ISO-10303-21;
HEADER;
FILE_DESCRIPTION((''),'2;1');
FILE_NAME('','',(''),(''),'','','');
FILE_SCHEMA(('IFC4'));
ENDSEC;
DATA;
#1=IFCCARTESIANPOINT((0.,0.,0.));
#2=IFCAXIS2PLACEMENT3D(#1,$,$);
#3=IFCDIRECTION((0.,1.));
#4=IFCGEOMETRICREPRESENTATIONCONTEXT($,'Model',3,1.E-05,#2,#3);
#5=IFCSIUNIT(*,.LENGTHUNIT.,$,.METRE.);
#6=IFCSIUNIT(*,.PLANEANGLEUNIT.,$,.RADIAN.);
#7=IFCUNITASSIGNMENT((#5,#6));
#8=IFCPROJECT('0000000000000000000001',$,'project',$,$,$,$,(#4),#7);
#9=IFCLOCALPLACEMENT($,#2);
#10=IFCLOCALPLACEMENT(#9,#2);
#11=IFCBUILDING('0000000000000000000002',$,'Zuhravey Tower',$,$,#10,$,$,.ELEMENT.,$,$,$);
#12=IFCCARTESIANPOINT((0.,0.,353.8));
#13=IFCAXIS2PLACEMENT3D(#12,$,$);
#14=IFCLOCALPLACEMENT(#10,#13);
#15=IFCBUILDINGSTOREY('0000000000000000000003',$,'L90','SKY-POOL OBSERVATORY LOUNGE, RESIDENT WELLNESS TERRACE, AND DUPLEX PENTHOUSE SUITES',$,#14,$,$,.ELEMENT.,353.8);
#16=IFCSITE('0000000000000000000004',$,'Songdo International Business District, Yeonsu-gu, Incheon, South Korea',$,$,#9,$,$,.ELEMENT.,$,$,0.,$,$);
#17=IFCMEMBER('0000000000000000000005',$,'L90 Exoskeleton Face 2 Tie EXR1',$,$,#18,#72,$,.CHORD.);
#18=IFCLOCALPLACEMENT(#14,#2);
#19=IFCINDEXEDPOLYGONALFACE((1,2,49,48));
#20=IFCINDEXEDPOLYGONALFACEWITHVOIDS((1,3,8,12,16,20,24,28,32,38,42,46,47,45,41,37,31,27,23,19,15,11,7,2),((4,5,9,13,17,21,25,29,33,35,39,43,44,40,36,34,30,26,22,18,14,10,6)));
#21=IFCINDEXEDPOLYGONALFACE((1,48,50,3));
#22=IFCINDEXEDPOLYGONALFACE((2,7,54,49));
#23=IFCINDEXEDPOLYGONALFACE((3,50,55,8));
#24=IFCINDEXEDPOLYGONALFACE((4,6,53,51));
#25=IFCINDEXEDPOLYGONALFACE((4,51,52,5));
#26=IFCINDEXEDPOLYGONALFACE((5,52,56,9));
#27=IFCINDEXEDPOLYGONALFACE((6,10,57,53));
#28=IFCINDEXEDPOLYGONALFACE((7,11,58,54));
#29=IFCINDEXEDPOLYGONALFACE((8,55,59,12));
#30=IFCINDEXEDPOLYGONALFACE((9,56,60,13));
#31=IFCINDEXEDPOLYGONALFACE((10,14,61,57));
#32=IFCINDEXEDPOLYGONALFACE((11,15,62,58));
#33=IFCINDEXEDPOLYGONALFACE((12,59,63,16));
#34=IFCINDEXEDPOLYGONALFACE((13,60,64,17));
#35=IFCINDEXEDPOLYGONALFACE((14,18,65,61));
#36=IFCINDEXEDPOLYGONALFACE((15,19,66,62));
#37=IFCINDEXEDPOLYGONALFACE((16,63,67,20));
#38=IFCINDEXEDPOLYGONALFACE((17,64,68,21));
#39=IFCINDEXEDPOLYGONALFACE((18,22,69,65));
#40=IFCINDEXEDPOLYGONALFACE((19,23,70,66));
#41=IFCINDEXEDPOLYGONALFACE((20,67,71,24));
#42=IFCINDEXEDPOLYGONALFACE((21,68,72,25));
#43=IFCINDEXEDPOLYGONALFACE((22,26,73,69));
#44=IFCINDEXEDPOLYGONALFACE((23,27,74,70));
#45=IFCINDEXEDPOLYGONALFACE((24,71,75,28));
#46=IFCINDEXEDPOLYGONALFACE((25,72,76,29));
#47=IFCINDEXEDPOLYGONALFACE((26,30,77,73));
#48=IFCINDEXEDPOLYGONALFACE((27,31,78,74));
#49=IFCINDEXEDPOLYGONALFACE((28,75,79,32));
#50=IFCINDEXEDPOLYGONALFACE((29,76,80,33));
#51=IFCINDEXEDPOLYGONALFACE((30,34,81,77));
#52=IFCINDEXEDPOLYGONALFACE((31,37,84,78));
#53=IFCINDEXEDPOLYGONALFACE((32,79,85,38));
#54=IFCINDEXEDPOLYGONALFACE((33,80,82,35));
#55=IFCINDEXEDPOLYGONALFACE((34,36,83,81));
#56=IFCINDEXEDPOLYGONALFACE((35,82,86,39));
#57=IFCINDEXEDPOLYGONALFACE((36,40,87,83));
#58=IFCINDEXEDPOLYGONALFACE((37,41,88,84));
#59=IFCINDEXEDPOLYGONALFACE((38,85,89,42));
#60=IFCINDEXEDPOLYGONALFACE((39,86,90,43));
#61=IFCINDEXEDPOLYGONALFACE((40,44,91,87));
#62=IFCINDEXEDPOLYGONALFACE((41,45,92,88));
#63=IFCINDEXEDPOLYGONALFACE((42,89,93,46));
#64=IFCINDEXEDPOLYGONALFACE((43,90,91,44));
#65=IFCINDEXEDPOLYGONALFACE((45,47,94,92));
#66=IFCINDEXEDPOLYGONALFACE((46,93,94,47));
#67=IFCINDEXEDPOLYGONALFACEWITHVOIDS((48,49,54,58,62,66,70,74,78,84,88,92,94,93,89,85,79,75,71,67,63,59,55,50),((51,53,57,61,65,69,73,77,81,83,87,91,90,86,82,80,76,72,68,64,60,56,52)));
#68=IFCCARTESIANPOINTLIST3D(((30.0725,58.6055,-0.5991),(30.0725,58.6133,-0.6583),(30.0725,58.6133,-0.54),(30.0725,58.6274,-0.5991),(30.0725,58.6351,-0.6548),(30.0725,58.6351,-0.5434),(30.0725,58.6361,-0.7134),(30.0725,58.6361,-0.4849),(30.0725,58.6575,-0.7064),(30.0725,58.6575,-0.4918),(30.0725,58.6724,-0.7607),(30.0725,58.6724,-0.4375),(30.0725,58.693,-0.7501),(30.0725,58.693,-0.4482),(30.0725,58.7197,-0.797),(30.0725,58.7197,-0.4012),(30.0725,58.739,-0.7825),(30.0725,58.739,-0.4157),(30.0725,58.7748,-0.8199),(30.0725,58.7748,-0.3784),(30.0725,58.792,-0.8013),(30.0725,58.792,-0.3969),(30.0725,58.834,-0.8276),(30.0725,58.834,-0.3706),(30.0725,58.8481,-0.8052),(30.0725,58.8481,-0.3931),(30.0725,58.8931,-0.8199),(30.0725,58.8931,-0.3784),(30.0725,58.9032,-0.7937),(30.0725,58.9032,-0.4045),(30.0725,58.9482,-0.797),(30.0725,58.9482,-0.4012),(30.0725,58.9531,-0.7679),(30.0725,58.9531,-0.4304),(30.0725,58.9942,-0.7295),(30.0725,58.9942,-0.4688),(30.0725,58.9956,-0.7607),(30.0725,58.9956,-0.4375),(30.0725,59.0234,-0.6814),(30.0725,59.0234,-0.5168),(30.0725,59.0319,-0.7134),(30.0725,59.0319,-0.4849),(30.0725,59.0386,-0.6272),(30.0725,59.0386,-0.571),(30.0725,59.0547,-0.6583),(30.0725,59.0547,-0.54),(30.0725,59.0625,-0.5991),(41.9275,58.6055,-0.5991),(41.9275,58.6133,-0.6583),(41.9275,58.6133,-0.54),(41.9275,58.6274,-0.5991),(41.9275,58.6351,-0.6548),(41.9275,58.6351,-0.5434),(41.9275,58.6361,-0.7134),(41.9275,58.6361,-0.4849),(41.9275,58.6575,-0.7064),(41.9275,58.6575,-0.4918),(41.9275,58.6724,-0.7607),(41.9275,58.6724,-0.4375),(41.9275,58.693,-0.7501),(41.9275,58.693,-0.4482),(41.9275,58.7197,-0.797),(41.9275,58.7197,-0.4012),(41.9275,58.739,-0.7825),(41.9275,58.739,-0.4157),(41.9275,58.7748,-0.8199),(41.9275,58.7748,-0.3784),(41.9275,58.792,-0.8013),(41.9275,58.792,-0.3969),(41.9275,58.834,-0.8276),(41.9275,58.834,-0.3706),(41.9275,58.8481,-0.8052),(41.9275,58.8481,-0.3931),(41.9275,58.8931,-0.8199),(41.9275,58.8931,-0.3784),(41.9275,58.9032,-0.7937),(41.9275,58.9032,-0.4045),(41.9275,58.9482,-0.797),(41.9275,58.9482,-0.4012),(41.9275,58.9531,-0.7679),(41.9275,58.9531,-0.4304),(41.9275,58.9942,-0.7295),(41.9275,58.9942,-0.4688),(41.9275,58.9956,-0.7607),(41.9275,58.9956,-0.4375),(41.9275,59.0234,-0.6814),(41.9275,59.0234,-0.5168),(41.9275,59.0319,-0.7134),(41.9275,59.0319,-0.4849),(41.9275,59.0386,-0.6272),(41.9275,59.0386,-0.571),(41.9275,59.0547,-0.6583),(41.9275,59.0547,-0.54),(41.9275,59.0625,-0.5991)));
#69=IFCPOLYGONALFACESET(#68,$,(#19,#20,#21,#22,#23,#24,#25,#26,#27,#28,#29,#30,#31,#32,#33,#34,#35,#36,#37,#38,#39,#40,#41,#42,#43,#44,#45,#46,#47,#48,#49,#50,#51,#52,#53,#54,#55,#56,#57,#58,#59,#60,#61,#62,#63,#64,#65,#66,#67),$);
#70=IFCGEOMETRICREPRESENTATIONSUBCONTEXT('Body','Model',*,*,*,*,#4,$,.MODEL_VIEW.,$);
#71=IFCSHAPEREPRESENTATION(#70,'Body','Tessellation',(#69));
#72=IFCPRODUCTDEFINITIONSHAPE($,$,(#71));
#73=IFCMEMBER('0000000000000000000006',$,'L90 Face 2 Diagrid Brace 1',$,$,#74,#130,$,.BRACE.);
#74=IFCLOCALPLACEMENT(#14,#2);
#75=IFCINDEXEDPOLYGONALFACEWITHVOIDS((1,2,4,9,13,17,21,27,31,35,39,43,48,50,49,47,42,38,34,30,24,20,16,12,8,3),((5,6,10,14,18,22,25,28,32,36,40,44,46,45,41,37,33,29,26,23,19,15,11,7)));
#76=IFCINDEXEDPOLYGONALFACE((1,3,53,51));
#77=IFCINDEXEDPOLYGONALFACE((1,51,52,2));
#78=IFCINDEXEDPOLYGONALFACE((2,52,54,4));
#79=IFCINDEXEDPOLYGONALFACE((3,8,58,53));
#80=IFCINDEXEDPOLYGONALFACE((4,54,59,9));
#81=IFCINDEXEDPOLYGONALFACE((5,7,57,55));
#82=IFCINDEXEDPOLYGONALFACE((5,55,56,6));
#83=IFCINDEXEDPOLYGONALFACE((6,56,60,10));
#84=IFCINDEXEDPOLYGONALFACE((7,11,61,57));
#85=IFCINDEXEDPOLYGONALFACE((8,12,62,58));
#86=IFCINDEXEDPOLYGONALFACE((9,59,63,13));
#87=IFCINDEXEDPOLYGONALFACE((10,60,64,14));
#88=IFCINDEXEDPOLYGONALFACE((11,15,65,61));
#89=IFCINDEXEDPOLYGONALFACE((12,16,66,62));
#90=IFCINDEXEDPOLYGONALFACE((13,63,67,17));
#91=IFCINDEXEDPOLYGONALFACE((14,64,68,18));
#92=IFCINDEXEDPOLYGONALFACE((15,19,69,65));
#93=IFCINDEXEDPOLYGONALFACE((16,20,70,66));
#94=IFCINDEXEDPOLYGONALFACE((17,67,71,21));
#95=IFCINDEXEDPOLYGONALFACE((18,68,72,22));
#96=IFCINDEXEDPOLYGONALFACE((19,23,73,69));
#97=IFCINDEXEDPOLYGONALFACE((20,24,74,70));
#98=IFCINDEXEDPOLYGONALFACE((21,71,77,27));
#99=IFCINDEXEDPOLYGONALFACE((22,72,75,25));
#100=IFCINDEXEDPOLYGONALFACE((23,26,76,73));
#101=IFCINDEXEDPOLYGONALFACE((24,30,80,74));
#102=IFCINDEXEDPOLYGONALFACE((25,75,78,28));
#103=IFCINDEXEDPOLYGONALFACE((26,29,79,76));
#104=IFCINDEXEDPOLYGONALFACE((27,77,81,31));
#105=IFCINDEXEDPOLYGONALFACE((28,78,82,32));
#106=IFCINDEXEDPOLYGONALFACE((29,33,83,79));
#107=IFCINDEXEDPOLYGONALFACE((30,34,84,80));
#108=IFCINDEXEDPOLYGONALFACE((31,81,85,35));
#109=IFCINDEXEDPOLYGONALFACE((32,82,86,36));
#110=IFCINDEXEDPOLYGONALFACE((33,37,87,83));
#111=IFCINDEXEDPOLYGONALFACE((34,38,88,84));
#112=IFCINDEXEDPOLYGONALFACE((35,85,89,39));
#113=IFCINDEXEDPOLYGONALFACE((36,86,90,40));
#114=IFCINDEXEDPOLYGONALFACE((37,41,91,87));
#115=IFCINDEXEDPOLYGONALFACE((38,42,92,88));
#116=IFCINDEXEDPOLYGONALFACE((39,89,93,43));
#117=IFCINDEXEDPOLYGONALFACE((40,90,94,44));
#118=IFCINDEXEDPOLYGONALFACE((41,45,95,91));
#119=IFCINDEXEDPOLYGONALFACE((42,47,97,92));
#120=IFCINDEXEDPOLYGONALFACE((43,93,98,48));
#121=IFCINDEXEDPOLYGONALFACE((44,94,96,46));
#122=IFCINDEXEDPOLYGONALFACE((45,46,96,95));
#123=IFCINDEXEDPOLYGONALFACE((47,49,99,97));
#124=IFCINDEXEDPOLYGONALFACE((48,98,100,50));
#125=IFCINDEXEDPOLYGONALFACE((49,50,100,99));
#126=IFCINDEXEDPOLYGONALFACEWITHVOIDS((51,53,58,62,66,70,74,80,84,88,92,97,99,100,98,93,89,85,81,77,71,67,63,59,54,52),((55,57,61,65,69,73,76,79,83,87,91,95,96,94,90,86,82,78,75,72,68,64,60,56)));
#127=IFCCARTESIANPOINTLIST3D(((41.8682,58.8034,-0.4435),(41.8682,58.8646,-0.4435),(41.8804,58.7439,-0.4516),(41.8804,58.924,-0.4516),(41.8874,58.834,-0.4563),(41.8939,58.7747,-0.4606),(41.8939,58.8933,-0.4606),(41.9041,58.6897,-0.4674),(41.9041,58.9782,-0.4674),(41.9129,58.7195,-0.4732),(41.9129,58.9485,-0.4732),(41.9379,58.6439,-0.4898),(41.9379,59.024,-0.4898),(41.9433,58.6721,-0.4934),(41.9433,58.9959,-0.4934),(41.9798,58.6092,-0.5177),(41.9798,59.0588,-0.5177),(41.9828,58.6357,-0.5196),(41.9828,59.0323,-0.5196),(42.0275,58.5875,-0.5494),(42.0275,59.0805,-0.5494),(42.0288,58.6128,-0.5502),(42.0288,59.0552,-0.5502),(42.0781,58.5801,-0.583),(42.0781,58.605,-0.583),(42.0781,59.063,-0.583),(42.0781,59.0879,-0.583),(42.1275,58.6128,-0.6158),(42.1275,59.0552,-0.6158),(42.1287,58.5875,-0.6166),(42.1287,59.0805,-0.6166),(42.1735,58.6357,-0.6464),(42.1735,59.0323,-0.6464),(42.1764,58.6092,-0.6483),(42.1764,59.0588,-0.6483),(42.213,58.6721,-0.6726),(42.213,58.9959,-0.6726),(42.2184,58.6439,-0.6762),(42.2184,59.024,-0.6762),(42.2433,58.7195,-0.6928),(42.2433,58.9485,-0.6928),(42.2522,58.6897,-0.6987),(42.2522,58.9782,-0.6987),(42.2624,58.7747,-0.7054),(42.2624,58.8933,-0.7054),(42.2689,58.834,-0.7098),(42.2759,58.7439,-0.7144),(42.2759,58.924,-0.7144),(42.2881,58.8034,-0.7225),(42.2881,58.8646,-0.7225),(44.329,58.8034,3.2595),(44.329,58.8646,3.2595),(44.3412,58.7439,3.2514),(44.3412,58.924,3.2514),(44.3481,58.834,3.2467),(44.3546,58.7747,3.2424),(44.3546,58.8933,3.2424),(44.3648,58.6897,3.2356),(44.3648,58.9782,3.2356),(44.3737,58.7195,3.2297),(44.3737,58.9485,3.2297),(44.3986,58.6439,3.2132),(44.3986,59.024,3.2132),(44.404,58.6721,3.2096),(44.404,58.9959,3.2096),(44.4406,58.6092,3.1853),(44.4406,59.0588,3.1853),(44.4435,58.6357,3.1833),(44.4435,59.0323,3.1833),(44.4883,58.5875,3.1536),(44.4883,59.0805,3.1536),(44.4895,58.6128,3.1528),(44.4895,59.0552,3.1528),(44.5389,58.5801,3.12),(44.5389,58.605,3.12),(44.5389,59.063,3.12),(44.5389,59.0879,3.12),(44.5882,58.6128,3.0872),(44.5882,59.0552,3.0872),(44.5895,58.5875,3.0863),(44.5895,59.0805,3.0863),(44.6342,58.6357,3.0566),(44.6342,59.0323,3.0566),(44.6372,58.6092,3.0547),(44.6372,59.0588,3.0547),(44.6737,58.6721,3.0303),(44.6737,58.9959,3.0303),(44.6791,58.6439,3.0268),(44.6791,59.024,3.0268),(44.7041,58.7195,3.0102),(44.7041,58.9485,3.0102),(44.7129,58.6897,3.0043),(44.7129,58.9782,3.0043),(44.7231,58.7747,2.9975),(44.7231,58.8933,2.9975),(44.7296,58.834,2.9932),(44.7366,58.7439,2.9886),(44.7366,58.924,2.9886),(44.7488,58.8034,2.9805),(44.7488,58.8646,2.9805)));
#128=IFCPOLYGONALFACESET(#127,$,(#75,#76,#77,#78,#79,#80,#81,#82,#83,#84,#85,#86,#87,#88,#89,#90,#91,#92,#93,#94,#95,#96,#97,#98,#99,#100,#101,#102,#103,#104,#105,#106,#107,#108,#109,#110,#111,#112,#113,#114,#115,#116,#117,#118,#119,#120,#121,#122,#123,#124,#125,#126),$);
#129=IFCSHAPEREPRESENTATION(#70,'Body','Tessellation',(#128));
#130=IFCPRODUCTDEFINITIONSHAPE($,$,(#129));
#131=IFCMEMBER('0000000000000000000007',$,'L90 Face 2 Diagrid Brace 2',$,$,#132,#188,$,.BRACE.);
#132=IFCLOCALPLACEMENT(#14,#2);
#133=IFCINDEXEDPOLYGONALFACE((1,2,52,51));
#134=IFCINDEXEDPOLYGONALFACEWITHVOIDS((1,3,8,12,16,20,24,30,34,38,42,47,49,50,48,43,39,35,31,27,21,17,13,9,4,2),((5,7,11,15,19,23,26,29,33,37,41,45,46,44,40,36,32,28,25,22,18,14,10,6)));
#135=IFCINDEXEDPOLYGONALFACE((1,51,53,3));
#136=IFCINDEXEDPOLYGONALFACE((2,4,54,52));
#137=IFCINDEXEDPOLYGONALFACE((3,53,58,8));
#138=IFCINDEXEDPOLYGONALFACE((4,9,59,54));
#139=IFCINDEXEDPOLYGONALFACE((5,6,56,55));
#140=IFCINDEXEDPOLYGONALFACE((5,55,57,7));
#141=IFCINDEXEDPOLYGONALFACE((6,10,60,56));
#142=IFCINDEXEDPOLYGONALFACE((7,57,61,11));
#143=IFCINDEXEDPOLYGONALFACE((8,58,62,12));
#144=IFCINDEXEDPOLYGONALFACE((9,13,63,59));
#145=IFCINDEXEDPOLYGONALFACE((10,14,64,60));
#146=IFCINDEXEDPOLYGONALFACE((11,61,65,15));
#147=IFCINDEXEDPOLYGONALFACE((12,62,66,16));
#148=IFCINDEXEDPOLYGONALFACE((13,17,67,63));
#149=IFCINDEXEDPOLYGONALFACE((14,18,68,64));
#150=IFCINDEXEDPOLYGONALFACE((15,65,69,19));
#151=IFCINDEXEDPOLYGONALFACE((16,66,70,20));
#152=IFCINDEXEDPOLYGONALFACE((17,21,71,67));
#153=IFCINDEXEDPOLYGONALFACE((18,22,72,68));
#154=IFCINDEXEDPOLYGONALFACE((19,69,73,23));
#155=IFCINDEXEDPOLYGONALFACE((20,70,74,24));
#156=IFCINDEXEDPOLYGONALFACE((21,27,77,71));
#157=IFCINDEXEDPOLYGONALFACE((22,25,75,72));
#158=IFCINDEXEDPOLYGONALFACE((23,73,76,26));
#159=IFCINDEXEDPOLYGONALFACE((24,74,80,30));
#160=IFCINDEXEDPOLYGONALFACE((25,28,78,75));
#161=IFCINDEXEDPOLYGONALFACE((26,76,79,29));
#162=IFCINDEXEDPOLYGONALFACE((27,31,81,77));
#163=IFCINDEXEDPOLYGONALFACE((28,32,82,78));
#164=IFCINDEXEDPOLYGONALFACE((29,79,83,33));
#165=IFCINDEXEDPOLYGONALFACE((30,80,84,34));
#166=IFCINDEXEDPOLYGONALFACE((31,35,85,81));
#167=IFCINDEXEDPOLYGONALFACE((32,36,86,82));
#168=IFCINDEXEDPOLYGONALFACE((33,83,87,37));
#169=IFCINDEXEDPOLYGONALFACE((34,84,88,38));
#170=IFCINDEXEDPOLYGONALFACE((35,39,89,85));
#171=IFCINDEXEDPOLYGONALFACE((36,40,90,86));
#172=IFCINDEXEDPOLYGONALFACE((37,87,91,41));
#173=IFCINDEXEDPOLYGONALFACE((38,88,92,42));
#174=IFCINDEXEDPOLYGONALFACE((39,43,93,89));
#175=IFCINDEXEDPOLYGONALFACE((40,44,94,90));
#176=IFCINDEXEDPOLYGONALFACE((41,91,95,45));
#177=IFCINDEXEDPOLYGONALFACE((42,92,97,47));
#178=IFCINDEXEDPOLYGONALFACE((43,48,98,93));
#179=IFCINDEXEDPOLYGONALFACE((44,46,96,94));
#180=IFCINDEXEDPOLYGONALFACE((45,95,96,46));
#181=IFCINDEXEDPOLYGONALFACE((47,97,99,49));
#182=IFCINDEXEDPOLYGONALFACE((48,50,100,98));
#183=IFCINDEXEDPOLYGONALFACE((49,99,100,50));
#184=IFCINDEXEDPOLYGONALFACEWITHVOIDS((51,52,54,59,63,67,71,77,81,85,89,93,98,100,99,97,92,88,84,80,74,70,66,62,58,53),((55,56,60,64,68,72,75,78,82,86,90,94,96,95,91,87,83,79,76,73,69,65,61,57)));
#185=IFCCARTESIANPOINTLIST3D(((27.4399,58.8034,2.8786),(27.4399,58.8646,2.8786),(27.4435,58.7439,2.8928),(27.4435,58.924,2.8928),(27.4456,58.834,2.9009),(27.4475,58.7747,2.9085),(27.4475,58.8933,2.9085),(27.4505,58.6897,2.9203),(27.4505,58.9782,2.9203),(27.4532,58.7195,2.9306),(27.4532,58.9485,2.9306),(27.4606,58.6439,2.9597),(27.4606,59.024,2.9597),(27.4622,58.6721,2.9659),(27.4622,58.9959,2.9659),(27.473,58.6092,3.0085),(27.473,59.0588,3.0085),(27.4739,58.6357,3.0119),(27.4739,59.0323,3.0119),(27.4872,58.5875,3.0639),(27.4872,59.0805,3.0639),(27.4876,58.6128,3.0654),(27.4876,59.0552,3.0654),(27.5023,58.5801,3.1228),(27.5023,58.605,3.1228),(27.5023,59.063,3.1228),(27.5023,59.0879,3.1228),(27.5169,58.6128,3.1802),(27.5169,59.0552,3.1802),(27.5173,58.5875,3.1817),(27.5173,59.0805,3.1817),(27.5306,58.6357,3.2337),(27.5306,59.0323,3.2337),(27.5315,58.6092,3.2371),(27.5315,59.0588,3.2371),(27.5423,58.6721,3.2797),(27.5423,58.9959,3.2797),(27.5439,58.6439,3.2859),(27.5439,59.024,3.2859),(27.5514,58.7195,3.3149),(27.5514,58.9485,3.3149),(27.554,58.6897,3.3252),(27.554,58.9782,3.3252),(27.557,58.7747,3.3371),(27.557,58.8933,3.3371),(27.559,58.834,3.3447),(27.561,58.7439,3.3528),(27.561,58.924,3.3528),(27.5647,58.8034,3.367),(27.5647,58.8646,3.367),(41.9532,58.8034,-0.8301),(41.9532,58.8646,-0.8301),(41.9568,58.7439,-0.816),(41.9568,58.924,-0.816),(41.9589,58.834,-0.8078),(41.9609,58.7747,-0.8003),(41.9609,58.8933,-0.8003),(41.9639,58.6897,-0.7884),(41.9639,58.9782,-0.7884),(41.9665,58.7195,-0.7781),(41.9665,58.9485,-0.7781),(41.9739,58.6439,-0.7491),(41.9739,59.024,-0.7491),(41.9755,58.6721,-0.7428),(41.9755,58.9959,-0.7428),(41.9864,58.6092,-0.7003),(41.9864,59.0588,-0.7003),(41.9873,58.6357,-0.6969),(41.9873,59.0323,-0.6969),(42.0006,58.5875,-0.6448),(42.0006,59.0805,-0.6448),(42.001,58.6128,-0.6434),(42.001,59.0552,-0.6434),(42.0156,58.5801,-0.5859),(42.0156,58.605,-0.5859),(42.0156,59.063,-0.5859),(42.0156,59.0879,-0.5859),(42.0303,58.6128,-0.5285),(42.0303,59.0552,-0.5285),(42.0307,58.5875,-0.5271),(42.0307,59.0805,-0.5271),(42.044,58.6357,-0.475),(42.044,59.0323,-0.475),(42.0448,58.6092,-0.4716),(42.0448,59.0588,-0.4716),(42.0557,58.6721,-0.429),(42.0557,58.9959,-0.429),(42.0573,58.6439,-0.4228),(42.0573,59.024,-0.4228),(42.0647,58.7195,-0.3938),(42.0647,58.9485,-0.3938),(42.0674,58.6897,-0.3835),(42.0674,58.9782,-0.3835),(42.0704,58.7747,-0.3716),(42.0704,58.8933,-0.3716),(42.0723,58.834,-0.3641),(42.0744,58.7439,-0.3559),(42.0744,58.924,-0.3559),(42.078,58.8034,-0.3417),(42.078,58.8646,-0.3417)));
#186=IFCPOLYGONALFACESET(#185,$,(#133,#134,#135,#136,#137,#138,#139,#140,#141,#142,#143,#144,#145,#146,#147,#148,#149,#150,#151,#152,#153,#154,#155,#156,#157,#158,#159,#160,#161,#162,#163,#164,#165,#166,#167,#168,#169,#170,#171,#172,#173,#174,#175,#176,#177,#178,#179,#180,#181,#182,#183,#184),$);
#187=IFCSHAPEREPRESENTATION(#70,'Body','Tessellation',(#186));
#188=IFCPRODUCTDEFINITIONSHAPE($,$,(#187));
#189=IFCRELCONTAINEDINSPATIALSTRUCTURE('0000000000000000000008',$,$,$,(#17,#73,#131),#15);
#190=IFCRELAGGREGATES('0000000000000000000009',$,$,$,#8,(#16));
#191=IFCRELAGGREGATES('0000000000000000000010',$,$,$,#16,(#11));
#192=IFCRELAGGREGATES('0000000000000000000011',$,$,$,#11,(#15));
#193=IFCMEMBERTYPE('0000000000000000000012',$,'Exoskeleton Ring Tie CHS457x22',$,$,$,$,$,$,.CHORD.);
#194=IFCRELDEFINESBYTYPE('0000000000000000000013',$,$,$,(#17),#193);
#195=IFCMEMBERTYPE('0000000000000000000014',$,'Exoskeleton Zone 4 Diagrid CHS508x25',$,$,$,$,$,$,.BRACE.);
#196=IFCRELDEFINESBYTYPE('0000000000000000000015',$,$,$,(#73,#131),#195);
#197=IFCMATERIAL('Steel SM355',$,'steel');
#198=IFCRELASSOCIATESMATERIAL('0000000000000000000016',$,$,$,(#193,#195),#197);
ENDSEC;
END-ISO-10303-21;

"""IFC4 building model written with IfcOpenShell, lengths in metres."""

from ifc_helpers import new_model, si_unit, direction, frame, origin, origin_2d, place, context, subcontext, project, spatial, hollow_circle, extrude, material, material_profile, profile_set, type_object, element, save


model = new_model("IFC4")

# Units and contexts
model_context = context("Model", 3, precision=1e-05, world=origin(), true_north=direction((0.0, 1.0)))
body_context = subcontext(model_context, "Body", "Model", "MODEL_VIEW")
ifc_project = project(units=[si_unit("LENGTHUNIT", "METRE"), si_unit("PLANEANGLEUNIT", "RADIAN")], contexts=[model_context])

# Site, building, storey
site_placement = place(None, origin())
site = spatial("IfcSite", under=ifc_project, at=site_placement, Name="Songdo International Business District, Yeonsu-gu, Incheon, South Korea", CompositionType="ELEMENT", RefElevation=0.0)
building_placement = place(site_placement, origin())
building = spatial("IfcBuilding", under=site, at=building_placement, Name="Zuhravey Tower", CompositionType="ELEMENT")
storey_placement = place(building_placement, frame((0.0, 0.0, 353.8)))
storey = spatial("IfcBuildingStorey", under=building, at=storey_placement, Name="L90", Description="SKY-POOL OBSERVATORY LOUNGE, RESIDENT WELLNESS TERRACE, AND DUPLEX PENTHOUSE SUITES", CompositionType="ELEMENT", Elevation=353.8)

# Members
ifc_material_1 = material(Name="Steel SM355", Category="steel")
ifc_material_profile_1 = material_profile(ifc_material_1, hollow_circle(Radius=0.2285, WallThickness=0.022, at=origin_2d()), Name="CHS-457.2x22")
ifc_profile_set_1 = profile_set([ifc_material_profile_1], Name="Steel SM355")
member_type_1 = type_object("IfcMemberType", Name="Exoskeleton Ring Tie CHS457x22", PredefinedType="CHORD", material=ifc_profile_set_1)
member_1_placement = place(storey_placement, frame((41.9275, 58.834, -0.5991), z_axis=(-1.0, 0.0, 0.0), x_axis=(0.0, -1.0, 0.0)))
element("IfcMember", 1, at=member_1_placement, inside=storey, type_object=member_type_1, Name="L90 Exoskeleton Face 2 Tie EXR1", PredefinedType="CHORD", context=body_context, shape_type="SweptSolid", body=[
    extrude(hollow_circle(Radius=0.2285, WallThickness=0.022, at=origin_2d()), origin(), (0.0, 0.0, 1.0), 11.855),
])
ifc_material_profile_2 = material_profile(ifc_material_1, hollow_circle(Radius=0.2539, WallThickness=0.0249, at=origin_2d()), Name="CHS-508.0x25")
ifc_profile_set_2 = profile_set([ifc_material_profile_2], Name="Steel SM355")
member_type_2 = type_object("IfcMemberType", Name="Exoskeleton Zone 4 Diagrid CHS508x25", PredefinedType="BRACE", material=ifc_profile_set_2)
member_2_placement = place(storey_placement, frame((42.0781, 58.834, -0.583), z_axis=(0.55347, 0.0, 0.832869), x_axis=(0.0, 1.0, 0.0)))
element("IfcMember", 2, at=member_2_placement, inside=storey, type_object=member_type_2, Name="L90 Face 2 Diagrid Brace 1", PredefinedType="BRACE", context=body_context, shape_type="SweptSolid", body=[
    extrude(hollow_circle(Radius=0.2539, WallThickness=0.0249, at=origin_2d()), origin(), (0.0, 0.0, 1.0), 4.446),
])
member_3_placement = place(storey_placement, frame((42.0156, 58.834, -0.5859), z_axis=(-0.968867, 0.0, 0.247583), x_axis=(0.0, -1.0, 0.0)))
element("IfcMember", 3, at=member_3_placement, inside=storey, type_object=member_type_2, Name="L90 Face 2 Diagrid Brace 2", PredefinedType="BRACE", context=body_context, shape_type="SweptSolid", body=[
    extrude(hollow_circle(Radius=0.2539, WallThickness=0.0249, at=origin_2d()), origin(), (0.0, 0.0, 1.0), 14.9797),
])

save(model, "model.ifc")
